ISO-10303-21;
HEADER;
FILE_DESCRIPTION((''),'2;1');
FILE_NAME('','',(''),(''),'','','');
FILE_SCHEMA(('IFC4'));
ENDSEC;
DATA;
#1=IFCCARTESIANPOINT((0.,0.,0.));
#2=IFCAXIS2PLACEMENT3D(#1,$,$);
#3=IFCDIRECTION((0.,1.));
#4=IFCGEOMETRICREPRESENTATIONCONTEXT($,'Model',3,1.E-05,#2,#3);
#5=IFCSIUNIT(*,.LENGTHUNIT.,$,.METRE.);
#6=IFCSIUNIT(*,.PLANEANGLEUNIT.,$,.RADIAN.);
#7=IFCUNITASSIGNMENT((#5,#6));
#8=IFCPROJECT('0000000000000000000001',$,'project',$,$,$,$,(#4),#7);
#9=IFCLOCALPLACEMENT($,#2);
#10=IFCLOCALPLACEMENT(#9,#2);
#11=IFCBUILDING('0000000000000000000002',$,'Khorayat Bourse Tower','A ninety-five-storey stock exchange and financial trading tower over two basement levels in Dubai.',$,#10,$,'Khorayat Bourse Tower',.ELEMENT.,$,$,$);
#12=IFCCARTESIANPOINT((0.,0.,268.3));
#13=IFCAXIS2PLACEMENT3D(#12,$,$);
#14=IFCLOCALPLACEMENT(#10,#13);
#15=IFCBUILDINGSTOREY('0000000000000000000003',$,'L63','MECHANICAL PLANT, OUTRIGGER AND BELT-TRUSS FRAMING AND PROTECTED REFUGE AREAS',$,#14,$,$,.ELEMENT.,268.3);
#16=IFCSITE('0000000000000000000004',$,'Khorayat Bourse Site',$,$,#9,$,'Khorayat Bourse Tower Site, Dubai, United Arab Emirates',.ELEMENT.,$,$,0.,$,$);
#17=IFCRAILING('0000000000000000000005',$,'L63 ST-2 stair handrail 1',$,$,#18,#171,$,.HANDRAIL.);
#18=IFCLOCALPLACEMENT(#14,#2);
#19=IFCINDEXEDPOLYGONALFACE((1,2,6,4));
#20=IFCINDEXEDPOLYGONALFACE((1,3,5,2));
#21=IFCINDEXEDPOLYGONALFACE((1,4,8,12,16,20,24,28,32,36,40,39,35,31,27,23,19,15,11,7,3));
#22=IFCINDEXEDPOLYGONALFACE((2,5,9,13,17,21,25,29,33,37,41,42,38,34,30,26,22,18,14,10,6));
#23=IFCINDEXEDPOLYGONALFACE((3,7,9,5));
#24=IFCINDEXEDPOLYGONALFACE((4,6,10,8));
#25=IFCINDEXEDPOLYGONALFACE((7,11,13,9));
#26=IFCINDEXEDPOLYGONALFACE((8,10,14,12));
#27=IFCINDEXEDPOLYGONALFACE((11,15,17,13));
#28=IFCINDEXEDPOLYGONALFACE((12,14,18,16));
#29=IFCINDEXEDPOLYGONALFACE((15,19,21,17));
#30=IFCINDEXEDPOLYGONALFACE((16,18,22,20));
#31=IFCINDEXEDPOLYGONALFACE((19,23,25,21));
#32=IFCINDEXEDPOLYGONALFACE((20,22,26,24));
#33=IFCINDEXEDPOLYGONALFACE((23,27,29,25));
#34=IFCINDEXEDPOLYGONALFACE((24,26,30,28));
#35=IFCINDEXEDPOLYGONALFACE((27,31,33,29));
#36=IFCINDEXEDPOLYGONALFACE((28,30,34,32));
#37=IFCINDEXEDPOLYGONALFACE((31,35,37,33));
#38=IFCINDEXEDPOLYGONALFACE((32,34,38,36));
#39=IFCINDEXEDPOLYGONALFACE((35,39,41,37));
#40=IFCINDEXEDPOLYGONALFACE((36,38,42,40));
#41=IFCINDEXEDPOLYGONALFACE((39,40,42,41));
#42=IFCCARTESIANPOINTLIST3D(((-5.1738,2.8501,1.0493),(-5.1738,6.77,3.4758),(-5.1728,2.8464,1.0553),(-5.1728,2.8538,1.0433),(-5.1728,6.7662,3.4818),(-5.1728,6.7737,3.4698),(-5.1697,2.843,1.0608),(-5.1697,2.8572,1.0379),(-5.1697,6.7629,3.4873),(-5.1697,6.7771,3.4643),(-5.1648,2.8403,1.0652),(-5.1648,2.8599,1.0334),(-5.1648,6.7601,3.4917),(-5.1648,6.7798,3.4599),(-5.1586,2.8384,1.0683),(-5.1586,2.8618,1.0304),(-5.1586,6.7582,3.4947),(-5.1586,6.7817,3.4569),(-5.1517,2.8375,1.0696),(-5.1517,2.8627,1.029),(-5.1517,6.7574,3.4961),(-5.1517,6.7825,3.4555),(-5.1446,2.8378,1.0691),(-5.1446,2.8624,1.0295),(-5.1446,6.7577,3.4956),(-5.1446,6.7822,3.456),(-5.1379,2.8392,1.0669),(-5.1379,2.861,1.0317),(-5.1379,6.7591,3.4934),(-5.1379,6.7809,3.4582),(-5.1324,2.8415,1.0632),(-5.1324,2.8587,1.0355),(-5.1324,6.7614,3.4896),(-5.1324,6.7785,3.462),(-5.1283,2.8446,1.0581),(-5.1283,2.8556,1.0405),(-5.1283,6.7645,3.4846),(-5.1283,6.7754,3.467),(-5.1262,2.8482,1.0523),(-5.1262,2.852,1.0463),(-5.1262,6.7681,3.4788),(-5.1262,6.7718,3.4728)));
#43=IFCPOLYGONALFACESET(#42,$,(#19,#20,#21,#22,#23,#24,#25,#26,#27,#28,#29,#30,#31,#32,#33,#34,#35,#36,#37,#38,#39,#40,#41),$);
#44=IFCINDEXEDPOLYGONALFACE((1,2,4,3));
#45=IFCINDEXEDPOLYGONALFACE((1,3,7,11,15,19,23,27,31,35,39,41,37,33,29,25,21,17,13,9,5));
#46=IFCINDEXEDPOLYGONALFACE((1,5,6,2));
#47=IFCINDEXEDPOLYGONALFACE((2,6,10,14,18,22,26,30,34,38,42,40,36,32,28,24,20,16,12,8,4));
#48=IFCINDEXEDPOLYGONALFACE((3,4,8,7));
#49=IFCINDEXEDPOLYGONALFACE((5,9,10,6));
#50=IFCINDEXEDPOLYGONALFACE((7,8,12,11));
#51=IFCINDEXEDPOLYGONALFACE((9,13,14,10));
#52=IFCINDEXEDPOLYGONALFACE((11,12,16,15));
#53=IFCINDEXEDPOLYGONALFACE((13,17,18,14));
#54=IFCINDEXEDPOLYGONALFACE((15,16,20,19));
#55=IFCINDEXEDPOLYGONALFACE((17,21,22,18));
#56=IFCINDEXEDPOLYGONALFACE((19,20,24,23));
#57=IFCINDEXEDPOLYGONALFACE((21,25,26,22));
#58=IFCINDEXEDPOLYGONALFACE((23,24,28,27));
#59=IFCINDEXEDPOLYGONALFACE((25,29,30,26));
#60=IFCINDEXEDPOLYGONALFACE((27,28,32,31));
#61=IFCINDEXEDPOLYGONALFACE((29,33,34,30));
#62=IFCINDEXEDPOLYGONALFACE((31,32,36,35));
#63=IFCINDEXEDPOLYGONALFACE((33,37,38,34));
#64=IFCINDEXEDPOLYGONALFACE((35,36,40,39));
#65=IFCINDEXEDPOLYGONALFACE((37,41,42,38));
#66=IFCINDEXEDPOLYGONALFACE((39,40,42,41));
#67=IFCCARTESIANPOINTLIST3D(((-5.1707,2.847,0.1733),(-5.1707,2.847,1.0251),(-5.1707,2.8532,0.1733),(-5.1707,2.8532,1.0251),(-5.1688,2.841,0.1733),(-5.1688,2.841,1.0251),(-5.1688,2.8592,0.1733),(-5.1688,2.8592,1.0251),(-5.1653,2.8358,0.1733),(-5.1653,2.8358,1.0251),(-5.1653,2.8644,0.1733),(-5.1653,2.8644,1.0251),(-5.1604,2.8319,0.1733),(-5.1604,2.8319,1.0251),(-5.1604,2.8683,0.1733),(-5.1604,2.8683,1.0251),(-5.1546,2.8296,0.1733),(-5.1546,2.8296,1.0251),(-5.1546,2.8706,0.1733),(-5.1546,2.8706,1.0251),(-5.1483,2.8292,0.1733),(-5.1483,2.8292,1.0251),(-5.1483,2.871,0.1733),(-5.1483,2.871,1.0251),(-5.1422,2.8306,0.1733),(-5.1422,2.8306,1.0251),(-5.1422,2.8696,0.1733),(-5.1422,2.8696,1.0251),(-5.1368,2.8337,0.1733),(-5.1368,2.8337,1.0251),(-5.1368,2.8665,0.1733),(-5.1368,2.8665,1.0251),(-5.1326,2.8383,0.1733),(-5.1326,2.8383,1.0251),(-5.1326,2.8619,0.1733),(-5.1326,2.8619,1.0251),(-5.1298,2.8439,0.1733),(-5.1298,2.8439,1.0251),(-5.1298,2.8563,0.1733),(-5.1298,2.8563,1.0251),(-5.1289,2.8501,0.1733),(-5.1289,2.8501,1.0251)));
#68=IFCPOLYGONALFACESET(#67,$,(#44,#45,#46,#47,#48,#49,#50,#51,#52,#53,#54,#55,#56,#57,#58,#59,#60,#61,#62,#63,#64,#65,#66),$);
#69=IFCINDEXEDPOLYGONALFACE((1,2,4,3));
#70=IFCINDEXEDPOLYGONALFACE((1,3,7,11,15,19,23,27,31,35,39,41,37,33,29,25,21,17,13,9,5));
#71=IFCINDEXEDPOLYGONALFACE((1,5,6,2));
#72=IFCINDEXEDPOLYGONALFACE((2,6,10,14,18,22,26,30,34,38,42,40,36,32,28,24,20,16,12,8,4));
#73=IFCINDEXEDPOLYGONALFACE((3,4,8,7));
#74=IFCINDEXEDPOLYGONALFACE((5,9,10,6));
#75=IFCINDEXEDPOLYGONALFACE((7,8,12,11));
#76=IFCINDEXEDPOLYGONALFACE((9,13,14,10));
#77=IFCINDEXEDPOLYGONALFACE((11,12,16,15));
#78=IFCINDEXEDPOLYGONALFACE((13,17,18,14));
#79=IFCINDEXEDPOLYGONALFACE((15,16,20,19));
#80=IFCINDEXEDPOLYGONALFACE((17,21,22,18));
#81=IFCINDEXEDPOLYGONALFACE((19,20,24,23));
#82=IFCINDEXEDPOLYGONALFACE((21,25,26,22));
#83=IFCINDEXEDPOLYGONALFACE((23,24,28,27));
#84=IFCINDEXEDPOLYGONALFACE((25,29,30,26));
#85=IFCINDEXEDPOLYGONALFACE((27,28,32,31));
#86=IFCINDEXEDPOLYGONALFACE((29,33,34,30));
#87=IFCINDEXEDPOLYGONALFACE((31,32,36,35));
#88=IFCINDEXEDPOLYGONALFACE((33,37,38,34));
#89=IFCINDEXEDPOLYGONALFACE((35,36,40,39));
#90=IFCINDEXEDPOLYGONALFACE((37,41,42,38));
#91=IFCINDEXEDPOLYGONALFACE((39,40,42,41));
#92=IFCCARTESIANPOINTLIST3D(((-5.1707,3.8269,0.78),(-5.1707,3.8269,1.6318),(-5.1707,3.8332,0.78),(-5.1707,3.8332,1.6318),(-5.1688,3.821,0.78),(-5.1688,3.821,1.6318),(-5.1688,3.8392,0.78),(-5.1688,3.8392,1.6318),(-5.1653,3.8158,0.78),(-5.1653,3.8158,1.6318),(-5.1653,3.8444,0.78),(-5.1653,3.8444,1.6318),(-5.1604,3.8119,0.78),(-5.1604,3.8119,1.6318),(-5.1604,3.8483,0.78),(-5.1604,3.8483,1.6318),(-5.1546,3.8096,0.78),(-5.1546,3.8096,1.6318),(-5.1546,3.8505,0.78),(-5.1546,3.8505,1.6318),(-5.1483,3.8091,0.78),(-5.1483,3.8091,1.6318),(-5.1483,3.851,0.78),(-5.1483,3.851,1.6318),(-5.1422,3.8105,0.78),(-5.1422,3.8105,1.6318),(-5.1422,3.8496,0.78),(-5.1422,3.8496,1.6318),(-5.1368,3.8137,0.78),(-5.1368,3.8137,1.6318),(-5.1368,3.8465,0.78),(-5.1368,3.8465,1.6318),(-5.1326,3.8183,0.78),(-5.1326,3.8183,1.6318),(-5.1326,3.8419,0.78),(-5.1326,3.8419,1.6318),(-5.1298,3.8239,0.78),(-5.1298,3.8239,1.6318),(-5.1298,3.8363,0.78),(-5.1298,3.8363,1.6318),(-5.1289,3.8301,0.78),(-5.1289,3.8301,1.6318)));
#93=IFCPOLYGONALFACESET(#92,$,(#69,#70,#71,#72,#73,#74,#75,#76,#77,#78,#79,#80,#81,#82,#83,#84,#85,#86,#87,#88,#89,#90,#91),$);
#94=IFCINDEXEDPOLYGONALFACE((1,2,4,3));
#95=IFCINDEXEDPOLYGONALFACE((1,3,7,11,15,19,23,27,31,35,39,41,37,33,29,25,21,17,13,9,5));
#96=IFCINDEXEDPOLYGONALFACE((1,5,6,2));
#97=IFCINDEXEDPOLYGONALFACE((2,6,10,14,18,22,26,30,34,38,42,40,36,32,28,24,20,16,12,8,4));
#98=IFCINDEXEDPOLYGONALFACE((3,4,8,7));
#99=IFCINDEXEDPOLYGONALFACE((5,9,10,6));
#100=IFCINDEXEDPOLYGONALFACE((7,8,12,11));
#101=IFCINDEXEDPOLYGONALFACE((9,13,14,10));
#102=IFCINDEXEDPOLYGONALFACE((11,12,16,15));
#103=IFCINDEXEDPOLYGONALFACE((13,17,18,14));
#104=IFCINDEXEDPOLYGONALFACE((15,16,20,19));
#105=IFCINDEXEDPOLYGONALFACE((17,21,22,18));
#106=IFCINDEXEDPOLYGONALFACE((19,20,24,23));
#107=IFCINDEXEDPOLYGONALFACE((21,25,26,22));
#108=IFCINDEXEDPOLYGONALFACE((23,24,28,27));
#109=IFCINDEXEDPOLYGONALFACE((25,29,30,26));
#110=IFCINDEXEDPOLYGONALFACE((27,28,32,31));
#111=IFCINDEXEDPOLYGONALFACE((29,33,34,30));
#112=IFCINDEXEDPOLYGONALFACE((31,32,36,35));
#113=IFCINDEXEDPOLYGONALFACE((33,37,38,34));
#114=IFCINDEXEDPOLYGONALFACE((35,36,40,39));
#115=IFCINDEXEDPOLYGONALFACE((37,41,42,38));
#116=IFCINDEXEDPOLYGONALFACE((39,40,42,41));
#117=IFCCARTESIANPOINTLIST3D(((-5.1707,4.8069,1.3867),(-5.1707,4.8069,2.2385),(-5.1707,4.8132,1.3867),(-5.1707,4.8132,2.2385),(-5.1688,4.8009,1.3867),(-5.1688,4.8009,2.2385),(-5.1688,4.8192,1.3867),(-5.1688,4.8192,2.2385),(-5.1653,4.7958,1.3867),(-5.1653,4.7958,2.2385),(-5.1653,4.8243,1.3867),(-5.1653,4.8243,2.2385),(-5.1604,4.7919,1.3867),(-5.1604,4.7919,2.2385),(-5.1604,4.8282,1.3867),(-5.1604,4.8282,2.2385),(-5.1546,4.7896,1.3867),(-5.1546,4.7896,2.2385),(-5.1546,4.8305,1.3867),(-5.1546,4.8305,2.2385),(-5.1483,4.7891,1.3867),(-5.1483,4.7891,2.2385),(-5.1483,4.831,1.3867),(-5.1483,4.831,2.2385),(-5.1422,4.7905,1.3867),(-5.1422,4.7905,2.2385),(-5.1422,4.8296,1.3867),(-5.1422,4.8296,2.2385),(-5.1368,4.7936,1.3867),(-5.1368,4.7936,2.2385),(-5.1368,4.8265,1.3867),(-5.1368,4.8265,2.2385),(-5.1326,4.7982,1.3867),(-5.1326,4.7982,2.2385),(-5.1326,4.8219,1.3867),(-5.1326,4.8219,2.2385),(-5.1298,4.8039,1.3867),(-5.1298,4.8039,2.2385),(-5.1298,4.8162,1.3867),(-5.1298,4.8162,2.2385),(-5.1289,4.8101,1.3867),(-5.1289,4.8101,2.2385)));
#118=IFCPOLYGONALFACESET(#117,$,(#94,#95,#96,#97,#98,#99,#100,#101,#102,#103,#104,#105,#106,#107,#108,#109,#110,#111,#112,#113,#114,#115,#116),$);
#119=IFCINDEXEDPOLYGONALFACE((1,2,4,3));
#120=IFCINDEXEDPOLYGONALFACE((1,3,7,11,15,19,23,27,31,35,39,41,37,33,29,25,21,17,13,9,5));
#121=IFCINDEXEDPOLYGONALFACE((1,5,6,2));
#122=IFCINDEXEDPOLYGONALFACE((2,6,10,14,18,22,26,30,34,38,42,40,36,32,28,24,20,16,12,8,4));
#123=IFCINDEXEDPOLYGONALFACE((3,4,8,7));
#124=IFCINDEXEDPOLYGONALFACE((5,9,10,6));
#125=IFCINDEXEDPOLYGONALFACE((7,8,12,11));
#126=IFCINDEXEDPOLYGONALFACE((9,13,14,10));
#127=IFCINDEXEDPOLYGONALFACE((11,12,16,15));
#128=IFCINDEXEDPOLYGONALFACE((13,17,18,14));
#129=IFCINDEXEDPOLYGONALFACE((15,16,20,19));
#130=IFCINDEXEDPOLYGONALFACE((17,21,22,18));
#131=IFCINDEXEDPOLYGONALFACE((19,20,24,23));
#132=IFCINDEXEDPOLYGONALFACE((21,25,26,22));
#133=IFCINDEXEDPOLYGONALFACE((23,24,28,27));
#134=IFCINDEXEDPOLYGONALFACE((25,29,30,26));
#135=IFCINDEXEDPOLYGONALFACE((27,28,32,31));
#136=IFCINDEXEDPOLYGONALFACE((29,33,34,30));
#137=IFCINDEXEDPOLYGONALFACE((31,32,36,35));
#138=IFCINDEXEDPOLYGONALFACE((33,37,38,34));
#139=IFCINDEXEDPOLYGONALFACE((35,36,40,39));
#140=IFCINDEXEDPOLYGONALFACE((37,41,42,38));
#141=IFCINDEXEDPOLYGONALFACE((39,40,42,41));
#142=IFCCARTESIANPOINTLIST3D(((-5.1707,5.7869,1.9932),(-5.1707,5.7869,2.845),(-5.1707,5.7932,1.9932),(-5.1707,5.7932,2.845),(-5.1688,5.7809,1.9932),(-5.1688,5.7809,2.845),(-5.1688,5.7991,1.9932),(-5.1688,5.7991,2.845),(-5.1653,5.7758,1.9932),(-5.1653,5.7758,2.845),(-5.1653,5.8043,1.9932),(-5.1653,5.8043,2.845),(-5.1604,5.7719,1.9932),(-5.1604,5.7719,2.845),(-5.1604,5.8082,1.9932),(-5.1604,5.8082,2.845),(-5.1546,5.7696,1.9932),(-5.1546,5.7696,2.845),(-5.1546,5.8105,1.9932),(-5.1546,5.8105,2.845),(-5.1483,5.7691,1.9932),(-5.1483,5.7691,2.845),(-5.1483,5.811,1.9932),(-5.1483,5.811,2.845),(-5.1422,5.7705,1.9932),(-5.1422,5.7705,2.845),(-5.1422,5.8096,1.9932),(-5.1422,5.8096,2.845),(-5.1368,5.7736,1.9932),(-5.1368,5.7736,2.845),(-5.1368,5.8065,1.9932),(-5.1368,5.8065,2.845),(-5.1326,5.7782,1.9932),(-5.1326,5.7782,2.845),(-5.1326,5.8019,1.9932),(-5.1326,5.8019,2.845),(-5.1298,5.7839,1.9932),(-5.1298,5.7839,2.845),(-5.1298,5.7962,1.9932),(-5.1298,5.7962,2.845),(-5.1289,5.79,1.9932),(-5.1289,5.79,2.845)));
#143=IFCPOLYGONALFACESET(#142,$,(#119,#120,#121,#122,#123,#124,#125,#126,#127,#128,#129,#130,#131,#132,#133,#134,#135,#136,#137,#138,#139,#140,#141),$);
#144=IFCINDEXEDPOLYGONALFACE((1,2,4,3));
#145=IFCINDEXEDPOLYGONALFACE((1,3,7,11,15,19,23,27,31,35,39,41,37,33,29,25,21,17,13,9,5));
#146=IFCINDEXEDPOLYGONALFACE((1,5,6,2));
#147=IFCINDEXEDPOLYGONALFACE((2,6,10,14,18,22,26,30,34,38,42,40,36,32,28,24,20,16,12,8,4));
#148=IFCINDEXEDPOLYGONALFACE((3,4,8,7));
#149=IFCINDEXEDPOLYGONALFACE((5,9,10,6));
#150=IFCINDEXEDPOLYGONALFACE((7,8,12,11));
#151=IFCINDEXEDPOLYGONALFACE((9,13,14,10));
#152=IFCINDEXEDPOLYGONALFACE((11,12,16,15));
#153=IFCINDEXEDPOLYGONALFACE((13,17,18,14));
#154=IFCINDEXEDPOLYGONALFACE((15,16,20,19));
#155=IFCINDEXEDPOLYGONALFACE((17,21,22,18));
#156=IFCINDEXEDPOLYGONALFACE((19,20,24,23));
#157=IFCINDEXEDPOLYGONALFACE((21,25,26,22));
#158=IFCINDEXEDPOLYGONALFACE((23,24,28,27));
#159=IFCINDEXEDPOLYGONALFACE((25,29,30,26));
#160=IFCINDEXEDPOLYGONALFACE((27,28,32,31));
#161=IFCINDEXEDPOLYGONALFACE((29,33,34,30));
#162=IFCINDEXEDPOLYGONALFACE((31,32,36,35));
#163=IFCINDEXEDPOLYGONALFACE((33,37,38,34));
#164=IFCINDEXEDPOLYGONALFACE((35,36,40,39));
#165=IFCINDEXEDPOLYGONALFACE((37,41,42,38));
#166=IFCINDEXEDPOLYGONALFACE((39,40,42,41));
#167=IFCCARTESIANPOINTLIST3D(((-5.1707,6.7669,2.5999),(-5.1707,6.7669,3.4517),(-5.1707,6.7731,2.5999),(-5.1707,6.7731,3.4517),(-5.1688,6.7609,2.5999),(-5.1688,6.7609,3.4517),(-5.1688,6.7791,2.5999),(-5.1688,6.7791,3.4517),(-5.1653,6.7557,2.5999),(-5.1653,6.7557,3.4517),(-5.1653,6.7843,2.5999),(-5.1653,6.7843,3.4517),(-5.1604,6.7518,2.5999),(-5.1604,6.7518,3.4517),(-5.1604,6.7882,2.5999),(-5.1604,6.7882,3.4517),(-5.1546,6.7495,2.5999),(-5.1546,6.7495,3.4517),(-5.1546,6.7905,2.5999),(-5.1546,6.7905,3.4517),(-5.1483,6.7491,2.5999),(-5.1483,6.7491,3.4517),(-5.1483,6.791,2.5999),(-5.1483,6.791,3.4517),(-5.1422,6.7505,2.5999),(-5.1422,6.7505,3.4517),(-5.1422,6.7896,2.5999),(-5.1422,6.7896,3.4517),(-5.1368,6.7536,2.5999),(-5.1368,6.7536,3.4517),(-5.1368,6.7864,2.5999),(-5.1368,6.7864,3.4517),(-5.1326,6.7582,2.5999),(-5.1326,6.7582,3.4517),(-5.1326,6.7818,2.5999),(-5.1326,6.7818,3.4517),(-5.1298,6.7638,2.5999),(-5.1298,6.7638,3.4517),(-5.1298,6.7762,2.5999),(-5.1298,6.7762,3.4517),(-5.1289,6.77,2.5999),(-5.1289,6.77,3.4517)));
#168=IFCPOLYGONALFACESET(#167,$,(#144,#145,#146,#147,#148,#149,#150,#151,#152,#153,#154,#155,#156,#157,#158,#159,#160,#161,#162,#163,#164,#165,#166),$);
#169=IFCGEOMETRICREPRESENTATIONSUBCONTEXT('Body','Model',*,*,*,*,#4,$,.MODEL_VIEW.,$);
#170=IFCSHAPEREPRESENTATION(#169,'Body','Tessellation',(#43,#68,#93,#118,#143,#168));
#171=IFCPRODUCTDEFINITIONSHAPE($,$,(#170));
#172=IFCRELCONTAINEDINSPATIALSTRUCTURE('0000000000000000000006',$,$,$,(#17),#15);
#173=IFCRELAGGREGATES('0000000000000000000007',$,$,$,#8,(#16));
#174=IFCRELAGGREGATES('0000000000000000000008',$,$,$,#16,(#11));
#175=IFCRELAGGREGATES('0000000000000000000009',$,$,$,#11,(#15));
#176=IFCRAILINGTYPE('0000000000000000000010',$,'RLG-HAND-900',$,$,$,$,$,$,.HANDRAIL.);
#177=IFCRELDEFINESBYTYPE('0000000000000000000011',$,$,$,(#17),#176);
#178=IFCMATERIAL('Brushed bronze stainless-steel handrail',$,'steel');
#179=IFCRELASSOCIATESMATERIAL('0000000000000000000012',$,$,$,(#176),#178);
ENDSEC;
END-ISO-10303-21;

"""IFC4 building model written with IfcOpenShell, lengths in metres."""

from ifc_helpers import new_model, si_unit, direction, frame, origin, origin_2d, place, context, subcontext, project, spatial, circle, extrude, source, transform, mapped, material, type_object, element, save


model = new_model("IFC4")

# Units and contexts
model_context = context("Model", 3, precision=1e-05, world=origin(), true_north=direction((0.0, 1.0)))
body_context = subcontext(model_context, "Body", "Model", "MODEL_VIEW")
ifc_project = project(units=[si_unit("LENGTHUNIT", "METRE"), si_unit("PLANEANGLEUNIT", "RADIAN")], contexts=[model_context])

# Site, building, storey
site_placement = place(None, origin())
site = spatial("IfcSite", under=ifc_project, at=site_placement, Name="Khorayat Bourse Site", LongName="Khorayat Bourse Tower Site, Dubai, United Arab Emirates", CompositionType="ELEMENT", RefElevation=0.0)
building_placement = place(site_placement, origin())
building = spatial("IfcBuilding", under=site, at=building_placement, Name="Khorayat Bourse Tower", Description="A ninety-five-storey stock exchange and financial trading tower over two basement levels in Dubai.", LongName="Khorayat Bourse Tower", CompositionType="ELEMENT")
storey_placement = place(building_placement, frame((0.0, 0.0, 268.3)))
storey = spatial("IfcBuildingStorey", under=building, at=storey_placement, Name="L63", Description="MECHANICAL PLANT, OUTRIGGER AND BELT-TRUSS FRAMING AND PROTECTED REFUGE AREAS", CompositionType="ELEMENT", Elevation=268.3)

# Railing
ifc_material_1 = material(Name="Brushed bronze stainless-steel handrail", Category="steel")
railing_type_1 = type_object("IfcRailingType", Name="RLG-HAND-900", PredefinedType="HANDRAIL", material=ifc_material_1)
shared_shape_1 = source(origin(), body_context, "Body", "SweptSolid", [
    extrude(circle(Radius=0.0239, at=origin_2d()), frame((0.0, 0.0, 0.876), z_axis=(0.0, 0.850275, 0.526338), x_axis=(-1.0, 0.0, 0.0)), (0.0, 0.0, 1.0), 4.6101),
    extrude(circle(Radius=0.021, at=origin_2d()), origin(), (0.0, 0.0, 1.0), 0.8518),
    extrude(circle(Radius=0.021, at=origin_2d()), frame((0.0, 0.98, 0.6067)), (0.0, 0.0, 1.0), 0.8518),
    extrude(circle(Radius=0.021, at=origin_2d()), frame((0.0, 1.96, 1.2134)), (0.0, 0.0, 1.0), 0.8518),
    extrude(circle(Radius=0.021, at=origin_2d()), frame((0.0, 2.9399, 1.8198)), (0.0, 0.0, 1.0), 0.8518),
    extrude(circle(Radius=0.021, at=origin_2d()), frame((0.0, 3.9199, 2.4265)), (0.0, 0.0, 1.0), 0.8518),
])
railing_1_placement = place(storey_placement, frame((-5.1499, 2.8501, 0.1733)))
element("IfcRailing", 1, at=railing_1_placement, inside=storey, type_object=railing_type_1, Name="L63 ST-2 stair handrail 1", PredefinedType="HANDRAIL", context=body_context, shape_type="MappedRepresentation", body=[
    mapped(shared_shape_1, transform((0.0, 0.0, 0.0), scale=1.0)),
])

save(model, "model.ifc")
